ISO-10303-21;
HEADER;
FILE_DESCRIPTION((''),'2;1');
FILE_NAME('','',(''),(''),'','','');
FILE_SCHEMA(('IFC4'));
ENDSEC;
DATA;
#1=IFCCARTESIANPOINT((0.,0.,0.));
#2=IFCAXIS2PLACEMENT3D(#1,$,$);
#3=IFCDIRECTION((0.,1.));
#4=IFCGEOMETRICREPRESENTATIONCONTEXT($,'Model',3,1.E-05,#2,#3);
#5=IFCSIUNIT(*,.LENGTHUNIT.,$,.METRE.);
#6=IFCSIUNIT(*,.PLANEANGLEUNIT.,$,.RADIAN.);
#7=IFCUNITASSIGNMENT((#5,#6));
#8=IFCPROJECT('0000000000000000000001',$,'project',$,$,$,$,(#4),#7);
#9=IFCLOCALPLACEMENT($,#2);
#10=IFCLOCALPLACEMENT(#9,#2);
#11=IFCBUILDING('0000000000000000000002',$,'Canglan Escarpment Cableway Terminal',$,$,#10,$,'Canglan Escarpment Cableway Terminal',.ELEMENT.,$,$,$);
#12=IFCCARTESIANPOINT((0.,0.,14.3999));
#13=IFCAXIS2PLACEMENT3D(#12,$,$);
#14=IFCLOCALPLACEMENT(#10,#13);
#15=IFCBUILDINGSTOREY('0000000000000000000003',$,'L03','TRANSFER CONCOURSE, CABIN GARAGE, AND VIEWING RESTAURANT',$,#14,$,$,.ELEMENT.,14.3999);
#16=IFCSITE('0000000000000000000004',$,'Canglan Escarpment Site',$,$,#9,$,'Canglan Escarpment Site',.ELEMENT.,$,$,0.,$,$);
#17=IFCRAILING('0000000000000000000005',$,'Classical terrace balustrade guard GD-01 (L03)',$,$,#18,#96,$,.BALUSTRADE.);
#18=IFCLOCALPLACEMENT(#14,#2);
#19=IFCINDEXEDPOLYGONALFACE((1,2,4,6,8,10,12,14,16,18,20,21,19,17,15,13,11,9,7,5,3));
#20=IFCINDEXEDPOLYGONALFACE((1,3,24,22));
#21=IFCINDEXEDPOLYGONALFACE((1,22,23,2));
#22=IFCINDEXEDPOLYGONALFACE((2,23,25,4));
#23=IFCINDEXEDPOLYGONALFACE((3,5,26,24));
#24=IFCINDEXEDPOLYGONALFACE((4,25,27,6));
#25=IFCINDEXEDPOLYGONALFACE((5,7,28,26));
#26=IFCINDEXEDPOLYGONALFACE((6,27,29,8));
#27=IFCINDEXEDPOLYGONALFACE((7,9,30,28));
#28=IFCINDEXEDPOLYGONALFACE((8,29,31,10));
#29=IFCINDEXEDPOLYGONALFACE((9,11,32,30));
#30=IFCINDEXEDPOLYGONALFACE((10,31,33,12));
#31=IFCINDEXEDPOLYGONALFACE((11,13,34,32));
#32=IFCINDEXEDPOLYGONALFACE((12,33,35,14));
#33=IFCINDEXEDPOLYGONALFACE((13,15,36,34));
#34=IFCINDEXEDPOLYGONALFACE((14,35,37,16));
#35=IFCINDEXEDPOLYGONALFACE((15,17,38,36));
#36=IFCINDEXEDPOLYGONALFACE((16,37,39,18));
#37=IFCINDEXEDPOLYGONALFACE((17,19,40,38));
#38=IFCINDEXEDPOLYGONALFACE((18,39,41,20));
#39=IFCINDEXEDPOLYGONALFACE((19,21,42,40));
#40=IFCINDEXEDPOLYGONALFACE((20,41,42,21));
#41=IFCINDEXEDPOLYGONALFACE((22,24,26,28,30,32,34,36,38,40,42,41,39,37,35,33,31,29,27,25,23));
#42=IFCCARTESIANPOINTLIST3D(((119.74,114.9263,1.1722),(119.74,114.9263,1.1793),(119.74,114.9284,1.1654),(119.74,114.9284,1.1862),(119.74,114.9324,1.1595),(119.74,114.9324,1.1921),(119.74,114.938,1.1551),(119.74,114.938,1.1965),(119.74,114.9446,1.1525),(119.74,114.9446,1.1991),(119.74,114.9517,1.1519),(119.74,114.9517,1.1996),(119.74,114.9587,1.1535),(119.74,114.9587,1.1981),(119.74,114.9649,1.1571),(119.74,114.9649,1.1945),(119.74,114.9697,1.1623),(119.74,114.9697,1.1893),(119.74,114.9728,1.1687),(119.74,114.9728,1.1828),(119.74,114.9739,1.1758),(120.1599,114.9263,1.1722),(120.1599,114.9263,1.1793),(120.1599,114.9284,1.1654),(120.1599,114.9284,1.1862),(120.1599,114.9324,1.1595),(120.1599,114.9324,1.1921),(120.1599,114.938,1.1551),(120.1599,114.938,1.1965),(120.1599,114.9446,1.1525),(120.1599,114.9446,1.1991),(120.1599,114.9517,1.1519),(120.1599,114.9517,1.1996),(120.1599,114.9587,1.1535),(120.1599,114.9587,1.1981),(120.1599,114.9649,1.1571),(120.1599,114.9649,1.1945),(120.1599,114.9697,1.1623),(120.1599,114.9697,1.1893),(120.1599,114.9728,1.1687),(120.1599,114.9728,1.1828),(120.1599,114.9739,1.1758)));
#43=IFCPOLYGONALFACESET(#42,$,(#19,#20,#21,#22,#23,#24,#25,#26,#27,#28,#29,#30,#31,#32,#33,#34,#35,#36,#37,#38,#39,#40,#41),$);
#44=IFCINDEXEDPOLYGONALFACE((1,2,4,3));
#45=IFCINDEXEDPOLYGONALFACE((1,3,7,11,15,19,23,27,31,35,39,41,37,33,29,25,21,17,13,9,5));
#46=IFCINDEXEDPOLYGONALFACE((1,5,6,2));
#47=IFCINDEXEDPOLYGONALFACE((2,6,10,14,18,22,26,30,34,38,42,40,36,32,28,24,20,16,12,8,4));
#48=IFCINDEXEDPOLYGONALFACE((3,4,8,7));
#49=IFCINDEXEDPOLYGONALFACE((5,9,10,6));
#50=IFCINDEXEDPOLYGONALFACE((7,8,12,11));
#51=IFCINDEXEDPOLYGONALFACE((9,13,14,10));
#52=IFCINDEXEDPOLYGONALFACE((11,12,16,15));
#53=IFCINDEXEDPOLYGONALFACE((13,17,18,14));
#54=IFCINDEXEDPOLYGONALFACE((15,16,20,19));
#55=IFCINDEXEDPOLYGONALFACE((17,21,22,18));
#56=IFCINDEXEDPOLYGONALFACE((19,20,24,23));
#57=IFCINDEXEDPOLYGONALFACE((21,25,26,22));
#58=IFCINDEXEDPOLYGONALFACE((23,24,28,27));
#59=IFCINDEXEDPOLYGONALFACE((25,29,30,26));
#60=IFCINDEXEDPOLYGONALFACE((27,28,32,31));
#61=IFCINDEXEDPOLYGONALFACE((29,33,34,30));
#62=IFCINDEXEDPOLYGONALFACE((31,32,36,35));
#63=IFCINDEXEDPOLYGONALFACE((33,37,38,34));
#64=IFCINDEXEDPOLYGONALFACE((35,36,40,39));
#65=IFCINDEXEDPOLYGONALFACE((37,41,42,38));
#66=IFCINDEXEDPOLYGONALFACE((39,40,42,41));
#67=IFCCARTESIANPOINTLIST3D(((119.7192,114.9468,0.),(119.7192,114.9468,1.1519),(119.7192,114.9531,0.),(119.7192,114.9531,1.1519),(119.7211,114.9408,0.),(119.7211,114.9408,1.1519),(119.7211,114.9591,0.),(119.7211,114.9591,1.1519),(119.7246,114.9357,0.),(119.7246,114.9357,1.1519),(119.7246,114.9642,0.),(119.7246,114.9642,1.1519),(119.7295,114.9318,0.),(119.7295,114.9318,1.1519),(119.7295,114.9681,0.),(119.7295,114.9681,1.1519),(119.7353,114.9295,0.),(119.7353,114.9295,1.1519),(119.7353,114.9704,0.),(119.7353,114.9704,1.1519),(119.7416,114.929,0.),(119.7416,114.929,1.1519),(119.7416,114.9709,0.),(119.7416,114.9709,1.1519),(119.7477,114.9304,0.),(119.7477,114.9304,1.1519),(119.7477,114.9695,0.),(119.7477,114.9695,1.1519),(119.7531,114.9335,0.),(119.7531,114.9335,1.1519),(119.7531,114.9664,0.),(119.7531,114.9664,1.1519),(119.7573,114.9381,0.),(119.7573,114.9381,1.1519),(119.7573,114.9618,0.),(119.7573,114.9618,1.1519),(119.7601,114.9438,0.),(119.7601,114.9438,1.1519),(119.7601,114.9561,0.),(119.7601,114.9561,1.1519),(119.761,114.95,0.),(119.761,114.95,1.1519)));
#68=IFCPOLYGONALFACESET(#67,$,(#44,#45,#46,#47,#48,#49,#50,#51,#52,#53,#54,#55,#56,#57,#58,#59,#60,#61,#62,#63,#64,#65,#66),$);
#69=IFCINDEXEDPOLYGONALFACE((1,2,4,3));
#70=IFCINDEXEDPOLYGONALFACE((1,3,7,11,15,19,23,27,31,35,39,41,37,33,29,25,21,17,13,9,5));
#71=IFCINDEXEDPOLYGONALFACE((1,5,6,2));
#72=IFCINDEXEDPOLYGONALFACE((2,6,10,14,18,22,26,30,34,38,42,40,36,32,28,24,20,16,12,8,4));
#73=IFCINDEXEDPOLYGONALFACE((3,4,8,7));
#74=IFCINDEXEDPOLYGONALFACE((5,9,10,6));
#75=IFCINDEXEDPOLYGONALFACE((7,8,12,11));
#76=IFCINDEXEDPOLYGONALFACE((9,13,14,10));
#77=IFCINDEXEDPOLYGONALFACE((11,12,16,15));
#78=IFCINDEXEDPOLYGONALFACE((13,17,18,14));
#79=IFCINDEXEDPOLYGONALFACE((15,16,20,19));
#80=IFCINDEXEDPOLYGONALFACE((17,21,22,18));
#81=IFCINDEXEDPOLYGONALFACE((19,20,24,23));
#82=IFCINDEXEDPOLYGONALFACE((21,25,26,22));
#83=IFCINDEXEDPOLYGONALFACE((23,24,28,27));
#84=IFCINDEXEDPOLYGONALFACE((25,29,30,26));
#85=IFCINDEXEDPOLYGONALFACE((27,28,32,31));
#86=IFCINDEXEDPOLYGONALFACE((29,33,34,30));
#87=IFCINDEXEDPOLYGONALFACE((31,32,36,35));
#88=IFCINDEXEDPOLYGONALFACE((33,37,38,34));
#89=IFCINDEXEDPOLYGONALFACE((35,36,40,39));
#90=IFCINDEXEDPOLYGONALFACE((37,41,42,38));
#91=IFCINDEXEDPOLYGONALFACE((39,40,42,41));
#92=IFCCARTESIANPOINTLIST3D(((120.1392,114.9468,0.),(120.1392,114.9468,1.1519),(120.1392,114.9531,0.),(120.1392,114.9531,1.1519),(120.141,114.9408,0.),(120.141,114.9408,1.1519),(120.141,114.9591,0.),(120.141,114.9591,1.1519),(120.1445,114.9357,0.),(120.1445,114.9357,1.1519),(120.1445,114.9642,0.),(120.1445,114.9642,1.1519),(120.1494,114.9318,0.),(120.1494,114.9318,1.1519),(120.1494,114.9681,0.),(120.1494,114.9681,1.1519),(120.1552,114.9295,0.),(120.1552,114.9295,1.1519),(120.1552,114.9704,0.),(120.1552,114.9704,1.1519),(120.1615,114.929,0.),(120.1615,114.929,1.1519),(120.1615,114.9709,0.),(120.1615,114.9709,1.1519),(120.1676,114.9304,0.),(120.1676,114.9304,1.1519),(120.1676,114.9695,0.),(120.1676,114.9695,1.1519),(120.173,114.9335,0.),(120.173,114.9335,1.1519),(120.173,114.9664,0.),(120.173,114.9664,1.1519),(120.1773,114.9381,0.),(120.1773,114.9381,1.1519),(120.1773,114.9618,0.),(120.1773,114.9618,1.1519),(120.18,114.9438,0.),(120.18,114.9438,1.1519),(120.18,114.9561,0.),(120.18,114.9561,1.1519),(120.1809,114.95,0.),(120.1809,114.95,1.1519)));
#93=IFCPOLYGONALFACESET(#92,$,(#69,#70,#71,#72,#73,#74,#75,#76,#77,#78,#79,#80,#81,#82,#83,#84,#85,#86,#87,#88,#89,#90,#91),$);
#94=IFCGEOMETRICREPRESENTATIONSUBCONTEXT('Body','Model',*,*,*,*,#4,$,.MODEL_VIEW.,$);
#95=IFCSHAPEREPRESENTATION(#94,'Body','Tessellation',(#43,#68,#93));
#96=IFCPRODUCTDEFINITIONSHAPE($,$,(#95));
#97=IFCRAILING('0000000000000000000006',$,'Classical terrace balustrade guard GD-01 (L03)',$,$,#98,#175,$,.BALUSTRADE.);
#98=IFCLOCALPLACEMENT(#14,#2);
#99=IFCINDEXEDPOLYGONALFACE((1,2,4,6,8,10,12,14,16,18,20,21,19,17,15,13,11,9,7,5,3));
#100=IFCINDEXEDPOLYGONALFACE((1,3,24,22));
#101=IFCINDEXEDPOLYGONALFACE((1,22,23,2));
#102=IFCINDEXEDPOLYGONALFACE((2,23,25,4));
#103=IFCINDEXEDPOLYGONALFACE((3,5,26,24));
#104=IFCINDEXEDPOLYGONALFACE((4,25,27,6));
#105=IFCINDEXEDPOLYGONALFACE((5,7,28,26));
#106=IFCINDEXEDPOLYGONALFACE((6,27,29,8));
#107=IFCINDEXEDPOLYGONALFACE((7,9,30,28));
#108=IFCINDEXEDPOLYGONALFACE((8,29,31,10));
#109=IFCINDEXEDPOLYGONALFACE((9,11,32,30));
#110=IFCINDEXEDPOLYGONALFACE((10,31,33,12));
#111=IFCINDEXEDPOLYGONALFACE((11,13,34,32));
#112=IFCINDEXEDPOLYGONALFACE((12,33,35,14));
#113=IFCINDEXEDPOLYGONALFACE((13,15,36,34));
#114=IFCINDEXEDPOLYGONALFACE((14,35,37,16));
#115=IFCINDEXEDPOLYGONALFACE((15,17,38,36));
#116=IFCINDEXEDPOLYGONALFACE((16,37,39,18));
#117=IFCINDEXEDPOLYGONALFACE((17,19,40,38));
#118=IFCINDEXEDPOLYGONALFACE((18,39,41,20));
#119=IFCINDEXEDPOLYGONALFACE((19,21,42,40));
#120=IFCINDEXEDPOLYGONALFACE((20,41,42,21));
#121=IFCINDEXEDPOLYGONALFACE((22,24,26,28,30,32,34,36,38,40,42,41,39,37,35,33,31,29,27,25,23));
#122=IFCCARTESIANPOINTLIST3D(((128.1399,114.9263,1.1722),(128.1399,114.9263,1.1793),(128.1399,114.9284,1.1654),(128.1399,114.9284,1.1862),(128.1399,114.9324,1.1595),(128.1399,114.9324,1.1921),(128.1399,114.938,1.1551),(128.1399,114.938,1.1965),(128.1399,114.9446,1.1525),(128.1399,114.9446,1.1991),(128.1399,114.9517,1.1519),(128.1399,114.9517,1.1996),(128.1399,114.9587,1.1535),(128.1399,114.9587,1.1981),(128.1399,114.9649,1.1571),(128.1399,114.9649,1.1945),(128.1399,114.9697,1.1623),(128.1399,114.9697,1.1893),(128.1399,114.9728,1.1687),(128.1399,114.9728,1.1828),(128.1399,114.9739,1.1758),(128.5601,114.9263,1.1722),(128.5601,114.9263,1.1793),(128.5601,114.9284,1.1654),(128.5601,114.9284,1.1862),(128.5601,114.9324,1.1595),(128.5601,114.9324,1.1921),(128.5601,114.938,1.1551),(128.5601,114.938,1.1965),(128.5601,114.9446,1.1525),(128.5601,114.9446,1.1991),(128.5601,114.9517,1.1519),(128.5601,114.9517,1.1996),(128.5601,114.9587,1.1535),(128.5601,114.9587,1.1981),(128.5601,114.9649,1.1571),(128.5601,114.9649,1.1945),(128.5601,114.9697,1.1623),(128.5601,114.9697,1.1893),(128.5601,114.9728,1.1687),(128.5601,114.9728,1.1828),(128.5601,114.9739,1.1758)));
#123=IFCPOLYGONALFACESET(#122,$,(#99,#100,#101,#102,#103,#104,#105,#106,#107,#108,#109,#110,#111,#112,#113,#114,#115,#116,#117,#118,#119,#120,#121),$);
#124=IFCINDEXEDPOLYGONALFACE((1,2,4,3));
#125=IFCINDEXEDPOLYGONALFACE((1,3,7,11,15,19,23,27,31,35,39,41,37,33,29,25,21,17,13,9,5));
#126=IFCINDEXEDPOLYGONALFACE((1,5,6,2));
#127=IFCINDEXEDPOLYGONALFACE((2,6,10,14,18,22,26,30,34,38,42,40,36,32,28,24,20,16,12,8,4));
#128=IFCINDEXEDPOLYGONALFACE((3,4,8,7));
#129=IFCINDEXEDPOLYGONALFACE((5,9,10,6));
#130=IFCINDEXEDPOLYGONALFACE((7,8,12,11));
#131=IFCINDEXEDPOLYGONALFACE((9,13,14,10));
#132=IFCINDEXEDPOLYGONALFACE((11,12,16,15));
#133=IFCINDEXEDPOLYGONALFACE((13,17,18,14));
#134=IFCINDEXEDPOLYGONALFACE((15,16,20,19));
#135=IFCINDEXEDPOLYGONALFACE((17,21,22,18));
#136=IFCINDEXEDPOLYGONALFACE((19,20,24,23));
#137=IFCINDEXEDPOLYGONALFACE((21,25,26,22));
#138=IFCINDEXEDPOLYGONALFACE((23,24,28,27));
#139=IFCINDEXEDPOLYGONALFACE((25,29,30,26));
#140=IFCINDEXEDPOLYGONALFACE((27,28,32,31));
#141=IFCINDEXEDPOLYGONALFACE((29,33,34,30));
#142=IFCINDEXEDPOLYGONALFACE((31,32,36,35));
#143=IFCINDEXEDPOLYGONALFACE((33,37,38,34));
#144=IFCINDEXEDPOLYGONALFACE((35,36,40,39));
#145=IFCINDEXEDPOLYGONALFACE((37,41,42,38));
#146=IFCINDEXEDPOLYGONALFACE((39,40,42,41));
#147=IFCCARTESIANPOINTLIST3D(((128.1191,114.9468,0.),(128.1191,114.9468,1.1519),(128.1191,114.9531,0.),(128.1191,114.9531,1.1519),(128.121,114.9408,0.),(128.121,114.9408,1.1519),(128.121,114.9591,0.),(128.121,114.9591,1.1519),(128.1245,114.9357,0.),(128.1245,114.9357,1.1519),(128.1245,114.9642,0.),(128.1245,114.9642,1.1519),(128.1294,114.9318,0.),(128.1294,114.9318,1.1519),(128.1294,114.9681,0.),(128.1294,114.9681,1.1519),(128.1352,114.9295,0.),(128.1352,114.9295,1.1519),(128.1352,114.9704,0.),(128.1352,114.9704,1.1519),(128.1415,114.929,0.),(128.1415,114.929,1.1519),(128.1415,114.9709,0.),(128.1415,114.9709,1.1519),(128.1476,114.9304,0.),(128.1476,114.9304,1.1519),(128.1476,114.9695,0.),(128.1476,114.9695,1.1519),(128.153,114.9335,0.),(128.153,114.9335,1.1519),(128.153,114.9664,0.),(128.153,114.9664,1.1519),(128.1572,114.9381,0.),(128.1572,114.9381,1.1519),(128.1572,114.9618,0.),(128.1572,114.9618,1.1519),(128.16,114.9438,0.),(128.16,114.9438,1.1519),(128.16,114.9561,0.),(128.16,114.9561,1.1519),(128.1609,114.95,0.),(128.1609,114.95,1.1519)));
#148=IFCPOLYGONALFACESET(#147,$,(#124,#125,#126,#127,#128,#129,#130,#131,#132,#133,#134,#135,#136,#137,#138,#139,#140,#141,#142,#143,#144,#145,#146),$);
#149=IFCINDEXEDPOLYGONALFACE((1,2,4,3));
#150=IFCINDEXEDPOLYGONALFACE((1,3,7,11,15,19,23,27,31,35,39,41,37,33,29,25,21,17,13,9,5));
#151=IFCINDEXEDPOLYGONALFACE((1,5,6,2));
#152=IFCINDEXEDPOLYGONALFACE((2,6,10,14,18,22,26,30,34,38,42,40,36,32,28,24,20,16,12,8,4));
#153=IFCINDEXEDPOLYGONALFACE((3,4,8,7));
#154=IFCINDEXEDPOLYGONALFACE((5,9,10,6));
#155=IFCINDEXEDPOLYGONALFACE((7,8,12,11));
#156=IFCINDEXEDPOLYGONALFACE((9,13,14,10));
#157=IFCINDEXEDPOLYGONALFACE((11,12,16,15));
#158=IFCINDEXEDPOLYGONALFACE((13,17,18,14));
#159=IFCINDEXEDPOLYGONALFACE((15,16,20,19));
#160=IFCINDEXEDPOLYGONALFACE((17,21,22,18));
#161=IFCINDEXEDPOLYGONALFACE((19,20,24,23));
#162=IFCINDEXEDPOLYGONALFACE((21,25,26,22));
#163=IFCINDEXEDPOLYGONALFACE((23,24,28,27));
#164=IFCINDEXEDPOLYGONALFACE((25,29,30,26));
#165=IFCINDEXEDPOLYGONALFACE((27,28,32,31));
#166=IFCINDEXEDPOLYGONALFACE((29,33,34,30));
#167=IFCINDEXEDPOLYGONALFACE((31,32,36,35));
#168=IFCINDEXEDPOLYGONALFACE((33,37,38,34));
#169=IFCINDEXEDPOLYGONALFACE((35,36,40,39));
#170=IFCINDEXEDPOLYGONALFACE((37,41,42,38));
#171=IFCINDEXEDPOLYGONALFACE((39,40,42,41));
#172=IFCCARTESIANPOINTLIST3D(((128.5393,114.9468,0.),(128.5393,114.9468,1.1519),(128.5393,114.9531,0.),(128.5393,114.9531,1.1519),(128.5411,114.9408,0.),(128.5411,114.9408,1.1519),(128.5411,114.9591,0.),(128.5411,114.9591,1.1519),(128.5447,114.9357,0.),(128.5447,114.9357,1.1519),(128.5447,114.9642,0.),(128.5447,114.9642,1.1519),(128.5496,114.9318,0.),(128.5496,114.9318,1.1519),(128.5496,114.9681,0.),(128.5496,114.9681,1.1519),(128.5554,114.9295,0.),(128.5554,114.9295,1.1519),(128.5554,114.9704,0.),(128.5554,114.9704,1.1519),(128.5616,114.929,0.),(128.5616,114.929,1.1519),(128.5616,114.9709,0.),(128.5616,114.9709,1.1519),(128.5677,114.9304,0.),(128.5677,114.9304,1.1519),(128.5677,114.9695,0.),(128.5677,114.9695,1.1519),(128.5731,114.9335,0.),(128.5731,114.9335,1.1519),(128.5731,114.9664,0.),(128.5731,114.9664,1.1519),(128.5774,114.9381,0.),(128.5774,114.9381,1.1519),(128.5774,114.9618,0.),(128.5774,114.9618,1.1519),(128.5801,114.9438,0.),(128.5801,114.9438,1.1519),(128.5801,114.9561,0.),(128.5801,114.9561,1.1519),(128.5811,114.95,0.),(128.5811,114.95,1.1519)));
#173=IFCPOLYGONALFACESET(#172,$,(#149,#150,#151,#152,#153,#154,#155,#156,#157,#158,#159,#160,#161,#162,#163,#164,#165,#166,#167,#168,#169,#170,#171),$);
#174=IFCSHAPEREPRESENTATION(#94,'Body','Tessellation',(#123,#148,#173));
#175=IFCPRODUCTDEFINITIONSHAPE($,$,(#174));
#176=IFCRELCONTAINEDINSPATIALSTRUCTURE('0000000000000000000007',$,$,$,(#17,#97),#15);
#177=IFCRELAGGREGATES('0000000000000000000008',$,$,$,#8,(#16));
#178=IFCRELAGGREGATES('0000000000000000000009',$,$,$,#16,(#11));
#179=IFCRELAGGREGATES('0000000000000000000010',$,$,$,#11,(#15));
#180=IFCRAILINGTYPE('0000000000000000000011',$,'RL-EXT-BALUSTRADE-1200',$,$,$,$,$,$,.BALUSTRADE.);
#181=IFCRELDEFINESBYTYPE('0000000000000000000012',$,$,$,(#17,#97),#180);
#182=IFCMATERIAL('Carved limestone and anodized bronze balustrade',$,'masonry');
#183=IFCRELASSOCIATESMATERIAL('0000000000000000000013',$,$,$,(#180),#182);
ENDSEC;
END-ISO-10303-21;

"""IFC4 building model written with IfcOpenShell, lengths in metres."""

from ifc_helpers import new_model, si_unit, direction, frame, origin, origin_2d, place, context, subcontext, project, spatial, circle, extrude, material, type_object, element, save


model = new_model("IFC4")

# Units and contexts
model_context = context("Model", 3, precision=1e-05, world=origin(), true_north=direction((0.0, 1.0)))
body_context = subcontext(model_context, "Body", "Model", "MODEL_VIEW")
ifc_project = project(units=[si_unit("LENGTHUNIT", "METRE"), si_unit("PLANEANGLEUNIT", "RADIAN")], contexts=[model_context])

# Site, building, storey
site_placement = place(None, origin())
site = spatial("IfcSite", under=ifc_project, at=site_placement, Name="Canglan Escarpment Site", LongName="Canglan Escarpment Site", CompositionType="ELEMENT", RefElevation=0.0)
building_placement = place(site_placement, origin())
building = spatial("IfcBuilding", under=site, at=building_placement, Name="Canglan Escarpment Cableway Terminal", LongName="Canglan Escarpment Cableway Terminal", CompositionType="ELEMENT")
storey_placement = place(building_placement, frame((0.0, 0.0, 14.3999)))
storey = spatial("IfcBuildingStorey", under=building, at=storey_placement, Name="L03", Description="TRANSFER CONCOURSE, CABIN GARAGE, AND VIEWING RESTAURANT", CompositionType="ELEMENT", Elevation=14.3999)

# Railings
ifc_material_1 = material(Name="Carved limestone and anodized bronze balustrade", Category="masonry")
railing_type = type_object("IfcRailingType", Name="RL-EXT-BALUSTRADE-1200", PredefinedType="BALUSTRADE", material=ifc_material_1)
railing_1_placement = place(storey_placement, frame((119.74, 114.95, 0.0)))
element("IfcRailing", 1, at=railing_1_placement, inside=storey, type_object=railing_type, Name="Classical terrace balustrade guard GD-01 (L03)", PredefinedType="BALUSTRADE", context=body_context, shape_type="SweptSolid", body=[
    extrude(circle(Radius=0.0239, at=origin_2d()), frame((0.0, 0.0, 1.1758), z_axis=(1.0, 0.0, 0.0), x_axis=(0.0, 1.0, 0.0)), (0.0, 0.0, 1.0), 0.4199),
    extrude(circle(Radius=0.021, at=origin_2d()), origin(), (0.0, 0.0, 1.0), 1.1519),
    extrude(circle(Radius=0.021, at=origin_2d()), frame((0.4199, 0.0, 0.0)), (0.0, 0.0, 1.0), 1.1519),
])
railing_2_placement = place(storey_placement, frame((128.1399, 114.95, 0.0)))
element("IfcRailing", 2, at=railing_2_placement, inside=storey, type_object=railing_type, Name="Classical terrace balustrade guard GD-01 (L03)", PredefinedType="BALUSTRADE", context=body_context, shape_type="SweptSolid", body=[
    extrude(circle(Radius=0.0239, at=origin_2d()), frame((0.0, 0.0, 1.1758), z_axis=(1.0, 0.0, 0.0), x_axis=(0.0, 1.0, 0.0)), (0.0, 0.0, 1.0), 0.4202),
    extrude(circle(Radius=0.021, at=origin_2d()), origin(), (0.0, 0.0, 1.0), 1.1519),
    extrude(circle(Radius=0.021, at=origin_2d()), frame((0.4202, 0.0, 0.0)), (0.0, 0.0, 1.0), 1.1519),
])

save(model, "model.ifc")
